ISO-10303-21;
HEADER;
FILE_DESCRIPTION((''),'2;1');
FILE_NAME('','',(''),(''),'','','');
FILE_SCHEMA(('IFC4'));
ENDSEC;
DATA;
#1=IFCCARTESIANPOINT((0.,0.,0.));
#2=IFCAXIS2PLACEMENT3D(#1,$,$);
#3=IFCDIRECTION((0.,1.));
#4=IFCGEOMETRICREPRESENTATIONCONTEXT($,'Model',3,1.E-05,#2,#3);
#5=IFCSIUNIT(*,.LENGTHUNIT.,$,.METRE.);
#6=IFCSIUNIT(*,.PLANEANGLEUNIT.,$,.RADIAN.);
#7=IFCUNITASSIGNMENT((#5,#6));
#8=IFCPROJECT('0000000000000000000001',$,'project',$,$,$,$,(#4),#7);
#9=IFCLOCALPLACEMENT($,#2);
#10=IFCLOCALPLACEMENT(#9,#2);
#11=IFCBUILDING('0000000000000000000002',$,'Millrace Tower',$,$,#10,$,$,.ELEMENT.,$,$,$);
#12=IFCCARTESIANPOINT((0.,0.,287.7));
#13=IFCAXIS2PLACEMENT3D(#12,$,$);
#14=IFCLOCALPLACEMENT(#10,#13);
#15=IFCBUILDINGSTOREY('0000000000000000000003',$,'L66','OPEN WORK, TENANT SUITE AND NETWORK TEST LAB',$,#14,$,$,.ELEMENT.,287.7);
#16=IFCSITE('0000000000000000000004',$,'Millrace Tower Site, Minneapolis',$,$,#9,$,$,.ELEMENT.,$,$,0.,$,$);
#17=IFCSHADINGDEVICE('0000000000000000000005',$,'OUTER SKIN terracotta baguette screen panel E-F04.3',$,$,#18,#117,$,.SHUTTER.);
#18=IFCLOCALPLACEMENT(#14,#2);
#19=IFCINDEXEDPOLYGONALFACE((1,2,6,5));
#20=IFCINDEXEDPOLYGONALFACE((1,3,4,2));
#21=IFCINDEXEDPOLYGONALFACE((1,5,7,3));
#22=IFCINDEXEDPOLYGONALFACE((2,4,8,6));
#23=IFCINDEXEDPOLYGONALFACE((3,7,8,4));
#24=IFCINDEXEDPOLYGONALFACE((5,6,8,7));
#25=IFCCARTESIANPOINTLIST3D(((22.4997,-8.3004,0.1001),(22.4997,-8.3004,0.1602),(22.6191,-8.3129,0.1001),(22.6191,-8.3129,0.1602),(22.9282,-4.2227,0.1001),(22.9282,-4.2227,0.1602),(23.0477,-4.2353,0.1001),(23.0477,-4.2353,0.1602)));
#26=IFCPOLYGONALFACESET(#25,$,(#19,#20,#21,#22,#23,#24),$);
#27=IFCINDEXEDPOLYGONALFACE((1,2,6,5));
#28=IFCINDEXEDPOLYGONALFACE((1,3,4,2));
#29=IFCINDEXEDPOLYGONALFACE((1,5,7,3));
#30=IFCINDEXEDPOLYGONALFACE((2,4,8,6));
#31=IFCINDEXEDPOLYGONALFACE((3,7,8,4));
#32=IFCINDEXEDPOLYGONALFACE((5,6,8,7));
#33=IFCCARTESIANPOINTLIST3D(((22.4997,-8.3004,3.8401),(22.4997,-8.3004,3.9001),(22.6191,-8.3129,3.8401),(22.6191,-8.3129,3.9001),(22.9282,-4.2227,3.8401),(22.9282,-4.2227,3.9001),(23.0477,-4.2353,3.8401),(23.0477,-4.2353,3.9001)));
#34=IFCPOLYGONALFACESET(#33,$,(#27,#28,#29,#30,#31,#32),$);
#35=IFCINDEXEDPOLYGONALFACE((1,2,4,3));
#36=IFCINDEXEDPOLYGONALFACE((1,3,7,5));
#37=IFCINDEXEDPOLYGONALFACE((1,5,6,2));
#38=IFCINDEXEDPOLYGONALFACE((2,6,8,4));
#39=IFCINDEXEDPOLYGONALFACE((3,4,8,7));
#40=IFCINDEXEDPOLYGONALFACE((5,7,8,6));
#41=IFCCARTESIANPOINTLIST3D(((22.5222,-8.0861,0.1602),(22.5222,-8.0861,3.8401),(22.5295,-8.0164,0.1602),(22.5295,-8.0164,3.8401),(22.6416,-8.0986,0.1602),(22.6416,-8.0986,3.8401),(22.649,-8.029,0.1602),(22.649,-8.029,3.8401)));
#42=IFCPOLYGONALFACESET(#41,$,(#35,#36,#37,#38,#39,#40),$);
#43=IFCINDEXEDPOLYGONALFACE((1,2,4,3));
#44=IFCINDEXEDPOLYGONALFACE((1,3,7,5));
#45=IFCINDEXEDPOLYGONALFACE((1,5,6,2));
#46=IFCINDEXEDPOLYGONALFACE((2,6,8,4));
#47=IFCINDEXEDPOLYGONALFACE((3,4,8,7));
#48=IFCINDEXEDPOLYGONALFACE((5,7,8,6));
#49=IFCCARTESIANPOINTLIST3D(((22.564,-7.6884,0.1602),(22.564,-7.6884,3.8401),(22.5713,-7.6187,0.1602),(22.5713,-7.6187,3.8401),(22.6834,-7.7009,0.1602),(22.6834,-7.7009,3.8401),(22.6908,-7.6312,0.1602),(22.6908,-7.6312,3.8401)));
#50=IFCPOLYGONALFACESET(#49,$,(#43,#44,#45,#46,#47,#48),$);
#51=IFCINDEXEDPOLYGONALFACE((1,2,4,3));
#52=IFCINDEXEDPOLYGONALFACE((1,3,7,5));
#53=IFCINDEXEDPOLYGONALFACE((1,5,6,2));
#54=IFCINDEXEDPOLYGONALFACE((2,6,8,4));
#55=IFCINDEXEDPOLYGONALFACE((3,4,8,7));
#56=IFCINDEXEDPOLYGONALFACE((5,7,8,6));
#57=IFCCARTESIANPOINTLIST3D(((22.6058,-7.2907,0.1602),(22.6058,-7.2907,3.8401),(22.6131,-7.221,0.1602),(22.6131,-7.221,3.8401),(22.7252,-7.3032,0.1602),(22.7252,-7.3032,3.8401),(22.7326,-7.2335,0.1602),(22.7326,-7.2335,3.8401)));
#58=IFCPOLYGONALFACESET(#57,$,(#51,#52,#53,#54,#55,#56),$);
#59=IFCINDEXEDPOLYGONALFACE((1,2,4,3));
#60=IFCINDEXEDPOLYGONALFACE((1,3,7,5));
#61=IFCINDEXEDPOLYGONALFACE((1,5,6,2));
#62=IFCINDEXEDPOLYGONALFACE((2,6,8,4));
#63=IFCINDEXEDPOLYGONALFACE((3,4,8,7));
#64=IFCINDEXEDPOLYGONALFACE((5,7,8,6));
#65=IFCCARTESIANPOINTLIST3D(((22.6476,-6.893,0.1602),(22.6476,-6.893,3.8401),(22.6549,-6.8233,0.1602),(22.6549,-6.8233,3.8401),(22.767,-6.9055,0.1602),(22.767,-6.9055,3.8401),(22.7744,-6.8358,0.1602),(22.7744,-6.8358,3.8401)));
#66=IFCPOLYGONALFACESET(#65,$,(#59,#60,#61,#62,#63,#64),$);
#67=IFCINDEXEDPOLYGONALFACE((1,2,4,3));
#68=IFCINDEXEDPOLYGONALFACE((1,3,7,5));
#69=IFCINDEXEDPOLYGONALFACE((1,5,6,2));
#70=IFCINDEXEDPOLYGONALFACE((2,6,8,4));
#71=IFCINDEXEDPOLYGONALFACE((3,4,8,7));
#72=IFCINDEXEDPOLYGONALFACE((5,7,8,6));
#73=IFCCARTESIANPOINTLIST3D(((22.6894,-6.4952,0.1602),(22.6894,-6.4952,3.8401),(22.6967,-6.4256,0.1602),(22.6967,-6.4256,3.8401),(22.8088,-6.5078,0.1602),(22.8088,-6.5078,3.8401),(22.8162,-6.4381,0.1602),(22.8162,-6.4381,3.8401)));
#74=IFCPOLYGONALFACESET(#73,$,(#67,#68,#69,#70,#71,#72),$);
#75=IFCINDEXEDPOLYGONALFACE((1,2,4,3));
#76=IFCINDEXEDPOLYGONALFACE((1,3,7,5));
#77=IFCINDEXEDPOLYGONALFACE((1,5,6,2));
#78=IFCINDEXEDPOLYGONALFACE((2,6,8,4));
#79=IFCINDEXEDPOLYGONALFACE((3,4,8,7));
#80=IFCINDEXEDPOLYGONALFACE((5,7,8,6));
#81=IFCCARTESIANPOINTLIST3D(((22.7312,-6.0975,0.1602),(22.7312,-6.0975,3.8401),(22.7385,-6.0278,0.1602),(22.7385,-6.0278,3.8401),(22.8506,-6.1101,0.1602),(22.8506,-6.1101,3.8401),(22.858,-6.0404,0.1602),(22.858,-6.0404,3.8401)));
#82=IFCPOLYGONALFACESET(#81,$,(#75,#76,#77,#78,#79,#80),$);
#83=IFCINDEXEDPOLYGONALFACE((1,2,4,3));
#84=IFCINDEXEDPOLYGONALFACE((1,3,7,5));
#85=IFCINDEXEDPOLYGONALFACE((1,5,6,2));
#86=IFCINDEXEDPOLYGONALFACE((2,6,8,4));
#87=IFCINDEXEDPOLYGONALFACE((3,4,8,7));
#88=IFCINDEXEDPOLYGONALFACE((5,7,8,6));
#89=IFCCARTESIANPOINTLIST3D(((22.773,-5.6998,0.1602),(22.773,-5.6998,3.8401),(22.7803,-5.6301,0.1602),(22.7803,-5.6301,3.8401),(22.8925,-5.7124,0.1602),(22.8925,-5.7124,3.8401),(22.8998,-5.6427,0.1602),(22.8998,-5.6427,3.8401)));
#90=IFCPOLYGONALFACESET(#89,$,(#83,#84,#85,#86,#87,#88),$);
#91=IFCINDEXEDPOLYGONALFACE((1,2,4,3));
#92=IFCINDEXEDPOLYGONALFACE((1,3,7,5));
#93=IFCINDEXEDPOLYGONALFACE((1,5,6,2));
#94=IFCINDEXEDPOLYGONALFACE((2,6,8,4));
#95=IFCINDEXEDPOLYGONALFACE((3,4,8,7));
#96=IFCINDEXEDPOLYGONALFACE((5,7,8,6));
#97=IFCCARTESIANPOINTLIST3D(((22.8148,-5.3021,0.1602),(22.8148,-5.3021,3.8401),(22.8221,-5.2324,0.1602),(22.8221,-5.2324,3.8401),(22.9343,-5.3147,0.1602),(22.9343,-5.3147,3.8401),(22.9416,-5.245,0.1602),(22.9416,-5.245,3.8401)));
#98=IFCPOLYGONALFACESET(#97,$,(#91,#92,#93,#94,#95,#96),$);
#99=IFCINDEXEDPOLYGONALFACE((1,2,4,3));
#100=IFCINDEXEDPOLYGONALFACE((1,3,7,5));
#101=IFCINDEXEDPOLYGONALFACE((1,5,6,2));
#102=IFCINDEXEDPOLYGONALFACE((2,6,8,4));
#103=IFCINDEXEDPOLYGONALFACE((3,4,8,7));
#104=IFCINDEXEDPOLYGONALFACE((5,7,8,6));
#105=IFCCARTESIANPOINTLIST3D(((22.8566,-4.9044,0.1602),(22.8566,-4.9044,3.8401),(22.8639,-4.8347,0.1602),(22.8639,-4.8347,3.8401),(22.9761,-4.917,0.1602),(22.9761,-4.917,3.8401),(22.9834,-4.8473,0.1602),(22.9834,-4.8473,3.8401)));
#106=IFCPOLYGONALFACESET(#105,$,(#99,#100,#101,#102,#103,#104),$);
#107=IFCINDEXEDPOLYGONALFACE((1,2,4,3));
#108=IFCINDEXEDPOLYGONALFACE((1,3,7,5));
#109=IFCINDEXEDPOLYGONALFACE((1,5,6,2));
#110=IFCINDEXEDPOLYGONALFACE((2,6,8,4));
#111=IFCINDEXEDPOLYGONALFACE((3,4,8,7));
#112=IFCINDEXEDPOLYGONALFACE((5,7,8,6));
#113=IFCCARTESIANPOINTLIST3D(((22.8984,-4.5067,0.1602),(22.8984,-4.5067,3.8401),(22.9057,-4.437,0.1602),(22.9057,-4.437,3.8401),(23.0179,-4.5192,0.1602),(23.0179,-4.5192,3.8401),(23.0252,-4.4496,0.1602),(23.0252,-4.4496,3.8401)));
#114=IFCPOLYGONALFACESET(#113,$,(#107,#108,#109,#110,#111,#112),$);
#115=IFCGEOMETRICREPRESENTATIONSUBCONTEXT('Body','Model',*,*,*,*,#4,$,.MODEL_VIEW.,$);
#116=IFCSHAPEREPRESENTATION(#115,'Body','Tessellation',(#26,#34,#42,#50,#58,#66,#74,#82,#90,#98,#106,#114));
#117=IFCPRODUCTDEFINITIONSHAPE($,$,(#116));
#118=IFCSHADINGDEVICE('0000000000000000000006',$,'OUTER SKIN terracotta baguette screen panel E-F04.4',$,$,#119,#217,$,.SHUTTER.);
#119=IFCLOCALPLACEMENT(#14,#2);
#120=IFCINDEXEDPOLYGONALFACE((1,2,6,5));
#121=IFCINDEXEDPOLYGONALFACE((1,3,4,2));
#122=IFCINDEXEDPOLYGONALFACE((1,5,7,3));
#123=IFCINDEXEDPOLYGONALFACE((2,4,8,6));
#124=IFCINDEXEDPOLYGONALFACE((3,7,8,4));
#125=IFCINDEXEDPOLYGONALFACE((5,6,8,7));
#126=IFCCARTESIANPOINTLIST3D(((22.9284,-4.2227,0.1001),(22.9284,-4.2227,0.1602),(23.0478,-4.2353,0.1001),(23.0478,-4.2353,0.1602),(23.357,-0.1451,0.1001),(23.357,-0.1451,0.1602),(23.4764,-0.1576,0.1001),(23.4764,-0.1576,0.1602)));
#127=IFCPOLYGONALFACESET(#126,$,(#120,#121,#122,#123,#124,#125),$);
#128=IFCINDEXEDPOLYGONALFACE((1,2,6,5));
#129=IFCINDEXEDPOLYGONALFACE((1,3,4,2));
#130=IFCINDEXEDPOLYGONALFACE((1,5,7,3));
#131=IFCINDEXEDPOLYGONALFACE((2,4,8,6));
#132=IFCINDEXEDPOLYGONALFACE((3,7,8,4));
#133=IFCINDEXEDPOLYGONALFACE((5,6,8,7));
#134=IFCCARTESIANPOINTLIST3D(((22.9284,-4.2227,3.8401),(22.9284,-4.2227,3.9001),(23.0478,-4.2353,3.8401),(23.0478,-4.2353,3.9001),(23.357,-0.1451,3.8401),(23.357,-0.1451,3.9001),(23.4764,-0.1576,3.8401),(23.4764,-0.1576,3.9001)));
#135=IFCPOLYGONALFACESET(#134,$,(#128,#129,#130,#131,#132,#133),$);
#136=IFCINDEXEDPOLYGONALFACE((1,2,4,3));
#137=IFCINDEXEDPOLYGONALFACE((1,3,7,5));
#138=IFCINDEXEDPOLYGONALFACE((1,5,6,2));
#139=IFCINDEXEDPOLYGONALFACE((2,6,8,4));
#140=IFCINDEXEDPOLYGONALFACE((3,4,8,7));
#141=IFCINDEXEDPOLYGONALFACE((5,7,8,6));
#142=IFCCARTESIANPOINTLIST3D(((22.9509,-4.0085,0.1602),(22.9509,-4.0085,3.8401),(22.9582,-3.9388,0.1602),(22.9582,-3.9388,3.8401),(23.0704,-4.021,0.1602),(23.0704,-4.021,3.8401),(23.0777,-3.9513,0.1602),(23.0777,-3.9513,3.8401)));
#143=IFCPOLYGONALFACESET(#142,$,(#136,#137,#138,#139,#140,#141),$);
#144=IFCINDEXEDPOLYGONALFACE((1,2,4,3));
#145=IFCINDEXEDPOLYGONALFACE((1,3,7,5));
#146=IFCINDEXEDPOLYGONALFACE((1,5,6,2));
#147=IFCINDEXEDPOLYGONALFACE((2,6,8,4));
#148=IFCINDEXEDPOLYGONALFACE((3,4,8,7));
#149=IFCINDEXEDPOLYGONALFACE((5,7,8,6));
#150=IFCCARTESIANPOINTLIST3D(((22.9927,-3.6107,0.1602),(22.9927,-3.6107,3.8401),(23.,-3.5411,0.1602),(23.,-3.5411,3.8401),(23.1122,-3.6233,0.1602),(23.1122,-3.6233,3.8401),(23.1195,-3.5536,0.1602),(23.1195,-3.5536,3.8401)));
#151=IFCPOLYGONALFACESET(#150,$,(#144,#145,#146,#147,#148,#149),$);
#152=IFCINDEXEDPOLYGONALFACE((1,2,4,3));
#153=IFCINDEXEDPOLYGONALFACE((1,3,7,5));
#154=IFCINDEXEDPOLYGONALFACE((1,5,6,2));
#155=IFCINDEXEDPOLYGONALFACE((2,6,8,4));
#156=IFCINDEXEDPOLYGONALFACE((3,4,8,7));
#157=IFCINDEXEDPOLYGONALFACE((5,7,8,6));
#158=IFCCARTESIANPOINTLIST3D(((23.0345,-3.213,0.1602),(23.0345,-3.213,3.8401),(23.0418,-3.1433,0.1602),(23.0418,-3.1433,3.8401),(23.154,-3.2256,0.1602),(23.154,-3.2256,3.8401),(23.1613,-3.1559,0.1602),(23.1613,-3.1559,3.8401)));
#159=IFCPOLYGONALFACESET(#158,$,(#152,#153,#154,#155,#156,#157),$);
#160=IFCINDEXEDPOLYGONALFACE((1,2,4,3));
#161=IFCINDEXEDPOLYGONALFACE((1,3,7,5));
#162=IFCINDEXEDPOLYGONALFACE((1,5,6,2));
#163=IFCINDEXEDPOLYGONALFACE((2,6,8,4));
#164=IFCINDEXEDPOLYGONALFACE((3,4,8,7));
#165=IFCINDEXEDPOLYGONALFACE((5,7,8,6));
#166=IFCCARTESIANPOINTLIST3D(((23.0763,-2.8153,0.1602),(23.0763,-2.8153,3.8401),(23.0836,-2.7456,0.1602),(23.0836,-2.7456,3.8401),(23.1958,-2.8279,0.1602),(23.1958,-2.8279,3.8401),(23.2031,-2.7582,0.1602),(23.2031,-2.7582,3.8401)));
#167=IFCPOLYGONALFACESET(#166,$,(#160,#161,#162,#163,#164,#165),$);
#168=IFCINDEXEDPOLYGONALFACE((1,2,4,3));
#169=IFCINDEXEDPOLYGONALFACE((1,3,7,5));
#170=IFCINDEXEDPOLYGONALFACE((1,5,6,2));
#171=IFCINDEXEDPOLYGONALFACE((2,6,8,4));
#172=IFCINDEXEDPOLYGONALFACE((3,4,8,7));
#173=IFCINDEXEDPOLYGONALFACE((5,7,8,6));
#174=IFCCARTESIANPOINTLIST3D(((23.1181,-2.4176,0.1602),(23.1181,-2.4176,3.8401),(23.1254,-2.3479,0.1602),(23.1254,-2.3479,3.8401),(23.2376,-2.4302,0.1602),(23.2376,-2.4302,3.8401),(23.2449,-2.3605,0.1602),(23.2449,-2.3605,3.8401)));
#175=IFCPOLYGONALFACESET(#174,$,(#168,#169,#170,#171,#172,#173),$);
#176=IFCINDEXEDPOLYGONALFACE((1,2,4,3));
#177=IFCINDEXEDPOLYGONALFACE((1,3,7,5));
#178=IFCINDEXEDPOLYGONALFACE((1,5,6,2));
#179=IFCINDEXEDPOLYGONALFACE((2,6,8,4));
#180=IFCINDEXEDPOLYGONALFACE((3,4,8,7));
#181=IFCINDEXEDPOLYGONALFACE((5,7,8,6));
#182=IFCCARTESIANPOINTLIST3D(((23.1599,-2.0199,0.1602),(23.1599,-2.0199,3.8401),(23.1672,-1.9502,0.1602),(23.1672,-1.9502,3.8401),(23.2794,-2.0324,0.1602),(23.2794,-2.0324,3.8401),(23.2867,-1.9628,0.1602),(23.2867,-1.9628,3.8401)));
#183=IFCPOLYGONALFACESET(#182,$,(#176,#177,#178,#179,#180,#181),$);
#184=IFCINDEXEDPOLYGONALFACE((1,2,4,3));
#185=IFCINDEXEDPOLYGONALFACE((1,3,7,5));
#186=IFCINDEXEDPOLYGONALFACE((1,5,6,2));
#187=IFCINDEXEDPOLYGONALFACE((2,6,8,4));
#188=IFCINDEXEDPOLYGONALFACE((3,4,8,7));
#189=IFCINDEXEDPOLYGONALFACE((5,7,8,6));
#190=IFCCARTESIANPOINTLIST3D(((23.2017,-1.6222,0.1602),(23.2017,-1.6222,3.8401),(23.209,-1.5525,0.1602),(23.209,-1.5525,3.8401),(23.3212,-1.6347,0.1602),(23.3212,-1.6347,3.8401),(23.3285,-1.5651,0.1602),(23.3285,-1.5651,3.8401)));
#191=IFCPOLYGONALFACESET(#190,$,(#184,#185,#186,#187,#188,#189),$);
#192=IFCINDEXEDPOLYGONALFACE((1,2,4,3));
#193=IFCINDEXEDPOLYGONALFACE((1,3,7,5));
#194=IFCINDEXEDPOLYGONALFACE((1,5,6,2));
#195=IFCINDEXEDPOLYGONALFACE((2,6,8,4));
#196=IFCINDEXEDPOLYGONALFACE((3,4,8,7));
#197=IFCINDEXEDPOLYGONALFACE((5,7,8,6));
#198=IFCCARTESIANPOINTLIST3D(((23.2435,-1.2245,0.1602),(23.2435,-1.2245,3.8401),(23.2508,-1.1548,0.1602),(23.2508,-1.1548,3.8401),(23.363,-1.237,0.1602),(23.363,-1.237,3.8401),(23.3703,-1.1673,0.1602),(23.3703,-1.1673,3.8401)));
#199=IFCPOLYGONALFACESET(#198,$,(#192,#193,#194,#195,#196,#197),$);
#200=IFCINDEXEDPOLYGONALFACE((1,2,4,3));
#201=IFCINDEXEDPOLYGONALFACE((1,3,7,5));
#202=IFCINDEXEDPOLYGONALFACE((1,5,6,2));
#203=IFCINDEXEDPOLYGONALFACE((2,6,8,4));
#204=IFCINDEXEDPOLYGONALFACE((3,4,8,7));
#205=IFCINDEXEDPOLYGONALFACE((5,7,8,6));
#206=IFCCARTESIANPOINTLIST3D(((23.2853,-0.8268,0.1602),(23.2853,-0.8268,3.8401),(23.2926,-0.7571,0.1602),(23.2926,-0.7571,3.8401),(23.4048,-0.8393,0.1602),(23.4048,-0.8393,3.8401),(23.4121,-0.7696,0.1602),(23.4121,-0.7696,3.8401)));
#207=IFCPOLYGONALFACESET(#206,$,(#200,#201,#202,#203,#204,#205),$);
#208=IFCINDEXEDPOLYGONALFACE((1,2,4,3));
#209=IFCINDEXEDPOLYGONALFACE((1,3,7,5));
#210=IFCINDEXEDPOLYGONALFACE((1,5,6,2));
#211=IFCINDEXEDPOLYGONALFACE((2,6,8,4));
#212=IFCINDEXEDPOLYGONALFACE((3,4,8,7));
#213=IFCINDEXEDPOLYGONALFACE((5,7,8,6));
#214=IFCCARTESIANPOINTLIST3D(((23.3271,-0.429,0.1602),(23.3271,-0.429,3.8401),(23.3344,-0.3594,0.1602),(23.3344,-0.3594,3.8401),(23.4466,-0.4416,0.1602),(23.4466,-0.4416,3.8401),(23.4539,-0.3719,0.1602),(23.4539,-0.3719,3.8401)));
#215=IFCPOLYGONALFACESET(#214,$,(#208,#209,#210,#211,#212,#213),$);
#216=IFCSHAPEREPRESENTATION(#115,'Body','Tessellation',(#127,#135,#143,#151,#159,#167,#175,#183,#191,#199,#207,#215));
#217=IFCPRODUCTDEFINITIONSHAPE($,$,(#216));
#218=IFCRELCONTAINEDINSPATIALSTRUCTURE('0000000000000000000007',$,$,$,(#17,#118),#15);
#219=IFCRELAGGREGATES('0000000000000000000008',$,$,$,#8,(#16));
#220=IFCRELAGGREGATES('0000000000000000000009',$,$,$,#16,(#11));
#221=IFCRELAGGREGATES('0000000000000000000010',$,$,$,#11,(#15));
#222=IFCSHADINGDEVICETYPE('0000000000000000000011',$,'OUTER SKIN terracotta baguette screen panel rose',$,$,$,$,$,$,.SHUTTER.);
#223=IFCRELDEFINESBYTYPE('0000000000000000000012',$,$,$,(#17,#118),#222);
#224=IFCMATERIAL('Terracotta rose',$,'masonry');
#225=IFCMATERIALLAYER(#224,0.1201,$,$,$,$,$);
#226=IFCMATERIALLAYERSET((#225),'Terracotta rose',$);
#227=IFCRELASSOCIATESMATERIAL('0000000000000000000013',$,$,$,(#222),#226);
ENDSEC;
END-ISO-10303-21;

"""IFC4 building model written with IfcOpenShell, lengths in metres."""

from ifc_helpers import new_model, entity, si_unit, direction, frame, frame_2d, origin, place, context, subcontext, project, spatial, rectangle, extrude, source, transform, mapped, material, layer, layer_set, type_object, element, save


model = new_model("IFC4")

# Units and contexts
model_context = context("Model", 3, precision=1e-05, world=origin(), true_north=direction((0.0, 1.0)))
body_context = subcontext(model_context, "Body", "Model", "MODEL_VIEW")
ifc_project = project(units=[si_unit("LENGTHUNIT", "METRE"), si_unit("PLANEANGLEUNIT", "RADIAN")], contexts=[model_context])

# Site, building, storey
site_placement = place(None, origin())
site = spatial("IfcSite", under=ifc_project, at=site_placement, Name="Millrace Tower Site, Minneapolis", CompositionType="ELEMENT", RefElevation=0.0)
building_placement = place(site_placement, origin())
building = spatial("IfcBuilding", under=site, at=building_placement, Name="Millrace Tower", CompositionType="ELEMENT")
storey_placement = place(building_placement, frame((0.0, 0.0, 287.7)))
storey = spatial("IfcBuildingStorey", under=building, at=storey_placement, Name="L66", Description="OPEN WORK, TENANT SUITE AND NETWORK TEST LAB", CompositionType="ELEMENT", Elevation=287.7)

# Shading devices
ifc_material_1 = material(Name="Terracotta rose", Category="masonry")
ifc_layer_1 = layer(ifc_material_1, 0.1201)
ifc_layer_set_1 = layer_set([ifc_layer_1], Name="Terracotta rose")
shading_device_type = type_object("IfcShadingDeviceType", Name="OUTER SKIN terracotta baguette screen panel rose", PredefinedType="SHUTTER", material=ifc_layer_set_1)
cartesian_point = entity("IfcCartesianPoint", [-2.05, 0.0601])
shared_polyline = entity("IfcPolyline", [cartesian_point, entity("IfcCartesianPoint", [2.05, 0.0601]), entity("IfcCartesianPoint", [2.05, -0.0601]), entity("IfcCartesianPoint", [-2.05, -0.0601]), cartesian_point])
shared_shape = source(origin(), body_context, "Body", "SweptSolid", [
    entity("IfcExtrudedAreaSolid", entity("IfcArbitraryClosedProfileDef", "AREA", None, shared_polyline), entity("IfcAxis2Placement3D", entity("IfcCartesianPoint", [0.0, 0.0, 0.0])), entity("IfcDirection", [0.0, 0.0, 1.0]), 0.0601),
    entity("IfcExtrudedAreaSolid", entity("IfcArbitraryClosedProfileDef", "AREA", None, shared_polyline), entity("IfcAxis2Placement3D", entity("IfcCartesianPoint", [0.0, 0.0, 3.74])), entity("IfcDirection", [0.0, 0.0, 1.0]), 0.0601),
    extrude(rectangle(XDim=0.0701, YDim=0.1201, at=frame_2d((-1.7996, 0.0))), frame((0.0, 0.0, 0.0601)), (0.0, 0.0, 1.0), 3.6799),
    extrude(rectangle(XDim=0.0701, YDim=0.1201, at=frame_2d((-1.3997, 0.0))), frame((0.0, 0.0, 0.0601)), (0.0, 0.0, 1.0), 3.6799),
    extrude(rectangle(XDim=0.0701, YDim=0.1201, at=frame_2d((-0.9998, 0.0))), frame((0.0, 0.0, 0.0601)), (0.0, 0.0, 1.0), 3.6799),
    extrude(rectangle(XDim=0.0701, YDim=0.1201, at=frame_2d((-0.5999, 0.0))), frame((0.0, 0.0, 0.0601)), (0.0, 0.0, 1.0), 3.6799),
    extrude(rectangle(XDim=0.0701, YDim=0.1201, at=frame_2d((-0.2, 0.0))), frame((0.0, 0.0, 0.0601)), (0.0, 0.0, 1.0), 3.6799),
    extrude(rectangle(XDim=0.0701, YDim=0.1201, at=frame_2d((0.2, 0.0))), frame((0.0, 0.0, 0.0601)), (0.0, 0.0, 1.0), 3.6799),
    extrude(rectangle(XDim=0.0701, YDim=0.1201, at=frame_2d((0.5999, 0.0))), frame((0.0, 0.0, 0.0601)), (0.0, 0.0, 1.0), 3.6799),
    extrude(rectangle(XDim=0.0701, YDim=0.1201, at=frame_2d((0.9998, 0.0))), frame((0.0, 0.0, 0.0601)), (0.0, 0.0, 1.0), 3.6799),
    extrude(rectangle(XDim=0.0701, YDim=0.1201, at=frame_2d((1.3997, 0.0))), frame((0.0, 0.0, 0.0601)), (0.0, 0.0, 1.0), 3.6799),
    extrude(rectangle(XDim=0.0701, YDim=0.1201, at=frame_2d((1.7996, 0.0))), frame((0.0, 0.0, 0.0601)), (0.0, 0.0, 1.0), 3.6799),
])
for number, where, z_axis, x_axis, name in (
    (1, (22.7737, -6.2678, 0.1001), (0.0, 0.0, 1.0), (0.104528, 0.994522, 0.0), "OUTER SKIN terracotta baguette screen panel E-F04.3"),
    (2, (23.2024, -2.1902, 0.1001), (0.0, 0.0, 1.0), (0.104528, 0.994522, 0.0), "OUTER SKIN terracotta baguette screen panel E-F04.4"),
):
    element("IfcShadingDevice", number, at=place(storey_placement, frame(where, z_axis=z_axis, x_axis=x_axis)), inside=storey, type_object=shading_device_type, Name=name, PredefinedType="SHUTTER", context=body_context, shape_type="MappedRepresentation", body=[
        mapped(shared_shape, transform((0.0, 0.0, 0.0), scale=1.0)),
    ])

save(model, "model.ifc")
